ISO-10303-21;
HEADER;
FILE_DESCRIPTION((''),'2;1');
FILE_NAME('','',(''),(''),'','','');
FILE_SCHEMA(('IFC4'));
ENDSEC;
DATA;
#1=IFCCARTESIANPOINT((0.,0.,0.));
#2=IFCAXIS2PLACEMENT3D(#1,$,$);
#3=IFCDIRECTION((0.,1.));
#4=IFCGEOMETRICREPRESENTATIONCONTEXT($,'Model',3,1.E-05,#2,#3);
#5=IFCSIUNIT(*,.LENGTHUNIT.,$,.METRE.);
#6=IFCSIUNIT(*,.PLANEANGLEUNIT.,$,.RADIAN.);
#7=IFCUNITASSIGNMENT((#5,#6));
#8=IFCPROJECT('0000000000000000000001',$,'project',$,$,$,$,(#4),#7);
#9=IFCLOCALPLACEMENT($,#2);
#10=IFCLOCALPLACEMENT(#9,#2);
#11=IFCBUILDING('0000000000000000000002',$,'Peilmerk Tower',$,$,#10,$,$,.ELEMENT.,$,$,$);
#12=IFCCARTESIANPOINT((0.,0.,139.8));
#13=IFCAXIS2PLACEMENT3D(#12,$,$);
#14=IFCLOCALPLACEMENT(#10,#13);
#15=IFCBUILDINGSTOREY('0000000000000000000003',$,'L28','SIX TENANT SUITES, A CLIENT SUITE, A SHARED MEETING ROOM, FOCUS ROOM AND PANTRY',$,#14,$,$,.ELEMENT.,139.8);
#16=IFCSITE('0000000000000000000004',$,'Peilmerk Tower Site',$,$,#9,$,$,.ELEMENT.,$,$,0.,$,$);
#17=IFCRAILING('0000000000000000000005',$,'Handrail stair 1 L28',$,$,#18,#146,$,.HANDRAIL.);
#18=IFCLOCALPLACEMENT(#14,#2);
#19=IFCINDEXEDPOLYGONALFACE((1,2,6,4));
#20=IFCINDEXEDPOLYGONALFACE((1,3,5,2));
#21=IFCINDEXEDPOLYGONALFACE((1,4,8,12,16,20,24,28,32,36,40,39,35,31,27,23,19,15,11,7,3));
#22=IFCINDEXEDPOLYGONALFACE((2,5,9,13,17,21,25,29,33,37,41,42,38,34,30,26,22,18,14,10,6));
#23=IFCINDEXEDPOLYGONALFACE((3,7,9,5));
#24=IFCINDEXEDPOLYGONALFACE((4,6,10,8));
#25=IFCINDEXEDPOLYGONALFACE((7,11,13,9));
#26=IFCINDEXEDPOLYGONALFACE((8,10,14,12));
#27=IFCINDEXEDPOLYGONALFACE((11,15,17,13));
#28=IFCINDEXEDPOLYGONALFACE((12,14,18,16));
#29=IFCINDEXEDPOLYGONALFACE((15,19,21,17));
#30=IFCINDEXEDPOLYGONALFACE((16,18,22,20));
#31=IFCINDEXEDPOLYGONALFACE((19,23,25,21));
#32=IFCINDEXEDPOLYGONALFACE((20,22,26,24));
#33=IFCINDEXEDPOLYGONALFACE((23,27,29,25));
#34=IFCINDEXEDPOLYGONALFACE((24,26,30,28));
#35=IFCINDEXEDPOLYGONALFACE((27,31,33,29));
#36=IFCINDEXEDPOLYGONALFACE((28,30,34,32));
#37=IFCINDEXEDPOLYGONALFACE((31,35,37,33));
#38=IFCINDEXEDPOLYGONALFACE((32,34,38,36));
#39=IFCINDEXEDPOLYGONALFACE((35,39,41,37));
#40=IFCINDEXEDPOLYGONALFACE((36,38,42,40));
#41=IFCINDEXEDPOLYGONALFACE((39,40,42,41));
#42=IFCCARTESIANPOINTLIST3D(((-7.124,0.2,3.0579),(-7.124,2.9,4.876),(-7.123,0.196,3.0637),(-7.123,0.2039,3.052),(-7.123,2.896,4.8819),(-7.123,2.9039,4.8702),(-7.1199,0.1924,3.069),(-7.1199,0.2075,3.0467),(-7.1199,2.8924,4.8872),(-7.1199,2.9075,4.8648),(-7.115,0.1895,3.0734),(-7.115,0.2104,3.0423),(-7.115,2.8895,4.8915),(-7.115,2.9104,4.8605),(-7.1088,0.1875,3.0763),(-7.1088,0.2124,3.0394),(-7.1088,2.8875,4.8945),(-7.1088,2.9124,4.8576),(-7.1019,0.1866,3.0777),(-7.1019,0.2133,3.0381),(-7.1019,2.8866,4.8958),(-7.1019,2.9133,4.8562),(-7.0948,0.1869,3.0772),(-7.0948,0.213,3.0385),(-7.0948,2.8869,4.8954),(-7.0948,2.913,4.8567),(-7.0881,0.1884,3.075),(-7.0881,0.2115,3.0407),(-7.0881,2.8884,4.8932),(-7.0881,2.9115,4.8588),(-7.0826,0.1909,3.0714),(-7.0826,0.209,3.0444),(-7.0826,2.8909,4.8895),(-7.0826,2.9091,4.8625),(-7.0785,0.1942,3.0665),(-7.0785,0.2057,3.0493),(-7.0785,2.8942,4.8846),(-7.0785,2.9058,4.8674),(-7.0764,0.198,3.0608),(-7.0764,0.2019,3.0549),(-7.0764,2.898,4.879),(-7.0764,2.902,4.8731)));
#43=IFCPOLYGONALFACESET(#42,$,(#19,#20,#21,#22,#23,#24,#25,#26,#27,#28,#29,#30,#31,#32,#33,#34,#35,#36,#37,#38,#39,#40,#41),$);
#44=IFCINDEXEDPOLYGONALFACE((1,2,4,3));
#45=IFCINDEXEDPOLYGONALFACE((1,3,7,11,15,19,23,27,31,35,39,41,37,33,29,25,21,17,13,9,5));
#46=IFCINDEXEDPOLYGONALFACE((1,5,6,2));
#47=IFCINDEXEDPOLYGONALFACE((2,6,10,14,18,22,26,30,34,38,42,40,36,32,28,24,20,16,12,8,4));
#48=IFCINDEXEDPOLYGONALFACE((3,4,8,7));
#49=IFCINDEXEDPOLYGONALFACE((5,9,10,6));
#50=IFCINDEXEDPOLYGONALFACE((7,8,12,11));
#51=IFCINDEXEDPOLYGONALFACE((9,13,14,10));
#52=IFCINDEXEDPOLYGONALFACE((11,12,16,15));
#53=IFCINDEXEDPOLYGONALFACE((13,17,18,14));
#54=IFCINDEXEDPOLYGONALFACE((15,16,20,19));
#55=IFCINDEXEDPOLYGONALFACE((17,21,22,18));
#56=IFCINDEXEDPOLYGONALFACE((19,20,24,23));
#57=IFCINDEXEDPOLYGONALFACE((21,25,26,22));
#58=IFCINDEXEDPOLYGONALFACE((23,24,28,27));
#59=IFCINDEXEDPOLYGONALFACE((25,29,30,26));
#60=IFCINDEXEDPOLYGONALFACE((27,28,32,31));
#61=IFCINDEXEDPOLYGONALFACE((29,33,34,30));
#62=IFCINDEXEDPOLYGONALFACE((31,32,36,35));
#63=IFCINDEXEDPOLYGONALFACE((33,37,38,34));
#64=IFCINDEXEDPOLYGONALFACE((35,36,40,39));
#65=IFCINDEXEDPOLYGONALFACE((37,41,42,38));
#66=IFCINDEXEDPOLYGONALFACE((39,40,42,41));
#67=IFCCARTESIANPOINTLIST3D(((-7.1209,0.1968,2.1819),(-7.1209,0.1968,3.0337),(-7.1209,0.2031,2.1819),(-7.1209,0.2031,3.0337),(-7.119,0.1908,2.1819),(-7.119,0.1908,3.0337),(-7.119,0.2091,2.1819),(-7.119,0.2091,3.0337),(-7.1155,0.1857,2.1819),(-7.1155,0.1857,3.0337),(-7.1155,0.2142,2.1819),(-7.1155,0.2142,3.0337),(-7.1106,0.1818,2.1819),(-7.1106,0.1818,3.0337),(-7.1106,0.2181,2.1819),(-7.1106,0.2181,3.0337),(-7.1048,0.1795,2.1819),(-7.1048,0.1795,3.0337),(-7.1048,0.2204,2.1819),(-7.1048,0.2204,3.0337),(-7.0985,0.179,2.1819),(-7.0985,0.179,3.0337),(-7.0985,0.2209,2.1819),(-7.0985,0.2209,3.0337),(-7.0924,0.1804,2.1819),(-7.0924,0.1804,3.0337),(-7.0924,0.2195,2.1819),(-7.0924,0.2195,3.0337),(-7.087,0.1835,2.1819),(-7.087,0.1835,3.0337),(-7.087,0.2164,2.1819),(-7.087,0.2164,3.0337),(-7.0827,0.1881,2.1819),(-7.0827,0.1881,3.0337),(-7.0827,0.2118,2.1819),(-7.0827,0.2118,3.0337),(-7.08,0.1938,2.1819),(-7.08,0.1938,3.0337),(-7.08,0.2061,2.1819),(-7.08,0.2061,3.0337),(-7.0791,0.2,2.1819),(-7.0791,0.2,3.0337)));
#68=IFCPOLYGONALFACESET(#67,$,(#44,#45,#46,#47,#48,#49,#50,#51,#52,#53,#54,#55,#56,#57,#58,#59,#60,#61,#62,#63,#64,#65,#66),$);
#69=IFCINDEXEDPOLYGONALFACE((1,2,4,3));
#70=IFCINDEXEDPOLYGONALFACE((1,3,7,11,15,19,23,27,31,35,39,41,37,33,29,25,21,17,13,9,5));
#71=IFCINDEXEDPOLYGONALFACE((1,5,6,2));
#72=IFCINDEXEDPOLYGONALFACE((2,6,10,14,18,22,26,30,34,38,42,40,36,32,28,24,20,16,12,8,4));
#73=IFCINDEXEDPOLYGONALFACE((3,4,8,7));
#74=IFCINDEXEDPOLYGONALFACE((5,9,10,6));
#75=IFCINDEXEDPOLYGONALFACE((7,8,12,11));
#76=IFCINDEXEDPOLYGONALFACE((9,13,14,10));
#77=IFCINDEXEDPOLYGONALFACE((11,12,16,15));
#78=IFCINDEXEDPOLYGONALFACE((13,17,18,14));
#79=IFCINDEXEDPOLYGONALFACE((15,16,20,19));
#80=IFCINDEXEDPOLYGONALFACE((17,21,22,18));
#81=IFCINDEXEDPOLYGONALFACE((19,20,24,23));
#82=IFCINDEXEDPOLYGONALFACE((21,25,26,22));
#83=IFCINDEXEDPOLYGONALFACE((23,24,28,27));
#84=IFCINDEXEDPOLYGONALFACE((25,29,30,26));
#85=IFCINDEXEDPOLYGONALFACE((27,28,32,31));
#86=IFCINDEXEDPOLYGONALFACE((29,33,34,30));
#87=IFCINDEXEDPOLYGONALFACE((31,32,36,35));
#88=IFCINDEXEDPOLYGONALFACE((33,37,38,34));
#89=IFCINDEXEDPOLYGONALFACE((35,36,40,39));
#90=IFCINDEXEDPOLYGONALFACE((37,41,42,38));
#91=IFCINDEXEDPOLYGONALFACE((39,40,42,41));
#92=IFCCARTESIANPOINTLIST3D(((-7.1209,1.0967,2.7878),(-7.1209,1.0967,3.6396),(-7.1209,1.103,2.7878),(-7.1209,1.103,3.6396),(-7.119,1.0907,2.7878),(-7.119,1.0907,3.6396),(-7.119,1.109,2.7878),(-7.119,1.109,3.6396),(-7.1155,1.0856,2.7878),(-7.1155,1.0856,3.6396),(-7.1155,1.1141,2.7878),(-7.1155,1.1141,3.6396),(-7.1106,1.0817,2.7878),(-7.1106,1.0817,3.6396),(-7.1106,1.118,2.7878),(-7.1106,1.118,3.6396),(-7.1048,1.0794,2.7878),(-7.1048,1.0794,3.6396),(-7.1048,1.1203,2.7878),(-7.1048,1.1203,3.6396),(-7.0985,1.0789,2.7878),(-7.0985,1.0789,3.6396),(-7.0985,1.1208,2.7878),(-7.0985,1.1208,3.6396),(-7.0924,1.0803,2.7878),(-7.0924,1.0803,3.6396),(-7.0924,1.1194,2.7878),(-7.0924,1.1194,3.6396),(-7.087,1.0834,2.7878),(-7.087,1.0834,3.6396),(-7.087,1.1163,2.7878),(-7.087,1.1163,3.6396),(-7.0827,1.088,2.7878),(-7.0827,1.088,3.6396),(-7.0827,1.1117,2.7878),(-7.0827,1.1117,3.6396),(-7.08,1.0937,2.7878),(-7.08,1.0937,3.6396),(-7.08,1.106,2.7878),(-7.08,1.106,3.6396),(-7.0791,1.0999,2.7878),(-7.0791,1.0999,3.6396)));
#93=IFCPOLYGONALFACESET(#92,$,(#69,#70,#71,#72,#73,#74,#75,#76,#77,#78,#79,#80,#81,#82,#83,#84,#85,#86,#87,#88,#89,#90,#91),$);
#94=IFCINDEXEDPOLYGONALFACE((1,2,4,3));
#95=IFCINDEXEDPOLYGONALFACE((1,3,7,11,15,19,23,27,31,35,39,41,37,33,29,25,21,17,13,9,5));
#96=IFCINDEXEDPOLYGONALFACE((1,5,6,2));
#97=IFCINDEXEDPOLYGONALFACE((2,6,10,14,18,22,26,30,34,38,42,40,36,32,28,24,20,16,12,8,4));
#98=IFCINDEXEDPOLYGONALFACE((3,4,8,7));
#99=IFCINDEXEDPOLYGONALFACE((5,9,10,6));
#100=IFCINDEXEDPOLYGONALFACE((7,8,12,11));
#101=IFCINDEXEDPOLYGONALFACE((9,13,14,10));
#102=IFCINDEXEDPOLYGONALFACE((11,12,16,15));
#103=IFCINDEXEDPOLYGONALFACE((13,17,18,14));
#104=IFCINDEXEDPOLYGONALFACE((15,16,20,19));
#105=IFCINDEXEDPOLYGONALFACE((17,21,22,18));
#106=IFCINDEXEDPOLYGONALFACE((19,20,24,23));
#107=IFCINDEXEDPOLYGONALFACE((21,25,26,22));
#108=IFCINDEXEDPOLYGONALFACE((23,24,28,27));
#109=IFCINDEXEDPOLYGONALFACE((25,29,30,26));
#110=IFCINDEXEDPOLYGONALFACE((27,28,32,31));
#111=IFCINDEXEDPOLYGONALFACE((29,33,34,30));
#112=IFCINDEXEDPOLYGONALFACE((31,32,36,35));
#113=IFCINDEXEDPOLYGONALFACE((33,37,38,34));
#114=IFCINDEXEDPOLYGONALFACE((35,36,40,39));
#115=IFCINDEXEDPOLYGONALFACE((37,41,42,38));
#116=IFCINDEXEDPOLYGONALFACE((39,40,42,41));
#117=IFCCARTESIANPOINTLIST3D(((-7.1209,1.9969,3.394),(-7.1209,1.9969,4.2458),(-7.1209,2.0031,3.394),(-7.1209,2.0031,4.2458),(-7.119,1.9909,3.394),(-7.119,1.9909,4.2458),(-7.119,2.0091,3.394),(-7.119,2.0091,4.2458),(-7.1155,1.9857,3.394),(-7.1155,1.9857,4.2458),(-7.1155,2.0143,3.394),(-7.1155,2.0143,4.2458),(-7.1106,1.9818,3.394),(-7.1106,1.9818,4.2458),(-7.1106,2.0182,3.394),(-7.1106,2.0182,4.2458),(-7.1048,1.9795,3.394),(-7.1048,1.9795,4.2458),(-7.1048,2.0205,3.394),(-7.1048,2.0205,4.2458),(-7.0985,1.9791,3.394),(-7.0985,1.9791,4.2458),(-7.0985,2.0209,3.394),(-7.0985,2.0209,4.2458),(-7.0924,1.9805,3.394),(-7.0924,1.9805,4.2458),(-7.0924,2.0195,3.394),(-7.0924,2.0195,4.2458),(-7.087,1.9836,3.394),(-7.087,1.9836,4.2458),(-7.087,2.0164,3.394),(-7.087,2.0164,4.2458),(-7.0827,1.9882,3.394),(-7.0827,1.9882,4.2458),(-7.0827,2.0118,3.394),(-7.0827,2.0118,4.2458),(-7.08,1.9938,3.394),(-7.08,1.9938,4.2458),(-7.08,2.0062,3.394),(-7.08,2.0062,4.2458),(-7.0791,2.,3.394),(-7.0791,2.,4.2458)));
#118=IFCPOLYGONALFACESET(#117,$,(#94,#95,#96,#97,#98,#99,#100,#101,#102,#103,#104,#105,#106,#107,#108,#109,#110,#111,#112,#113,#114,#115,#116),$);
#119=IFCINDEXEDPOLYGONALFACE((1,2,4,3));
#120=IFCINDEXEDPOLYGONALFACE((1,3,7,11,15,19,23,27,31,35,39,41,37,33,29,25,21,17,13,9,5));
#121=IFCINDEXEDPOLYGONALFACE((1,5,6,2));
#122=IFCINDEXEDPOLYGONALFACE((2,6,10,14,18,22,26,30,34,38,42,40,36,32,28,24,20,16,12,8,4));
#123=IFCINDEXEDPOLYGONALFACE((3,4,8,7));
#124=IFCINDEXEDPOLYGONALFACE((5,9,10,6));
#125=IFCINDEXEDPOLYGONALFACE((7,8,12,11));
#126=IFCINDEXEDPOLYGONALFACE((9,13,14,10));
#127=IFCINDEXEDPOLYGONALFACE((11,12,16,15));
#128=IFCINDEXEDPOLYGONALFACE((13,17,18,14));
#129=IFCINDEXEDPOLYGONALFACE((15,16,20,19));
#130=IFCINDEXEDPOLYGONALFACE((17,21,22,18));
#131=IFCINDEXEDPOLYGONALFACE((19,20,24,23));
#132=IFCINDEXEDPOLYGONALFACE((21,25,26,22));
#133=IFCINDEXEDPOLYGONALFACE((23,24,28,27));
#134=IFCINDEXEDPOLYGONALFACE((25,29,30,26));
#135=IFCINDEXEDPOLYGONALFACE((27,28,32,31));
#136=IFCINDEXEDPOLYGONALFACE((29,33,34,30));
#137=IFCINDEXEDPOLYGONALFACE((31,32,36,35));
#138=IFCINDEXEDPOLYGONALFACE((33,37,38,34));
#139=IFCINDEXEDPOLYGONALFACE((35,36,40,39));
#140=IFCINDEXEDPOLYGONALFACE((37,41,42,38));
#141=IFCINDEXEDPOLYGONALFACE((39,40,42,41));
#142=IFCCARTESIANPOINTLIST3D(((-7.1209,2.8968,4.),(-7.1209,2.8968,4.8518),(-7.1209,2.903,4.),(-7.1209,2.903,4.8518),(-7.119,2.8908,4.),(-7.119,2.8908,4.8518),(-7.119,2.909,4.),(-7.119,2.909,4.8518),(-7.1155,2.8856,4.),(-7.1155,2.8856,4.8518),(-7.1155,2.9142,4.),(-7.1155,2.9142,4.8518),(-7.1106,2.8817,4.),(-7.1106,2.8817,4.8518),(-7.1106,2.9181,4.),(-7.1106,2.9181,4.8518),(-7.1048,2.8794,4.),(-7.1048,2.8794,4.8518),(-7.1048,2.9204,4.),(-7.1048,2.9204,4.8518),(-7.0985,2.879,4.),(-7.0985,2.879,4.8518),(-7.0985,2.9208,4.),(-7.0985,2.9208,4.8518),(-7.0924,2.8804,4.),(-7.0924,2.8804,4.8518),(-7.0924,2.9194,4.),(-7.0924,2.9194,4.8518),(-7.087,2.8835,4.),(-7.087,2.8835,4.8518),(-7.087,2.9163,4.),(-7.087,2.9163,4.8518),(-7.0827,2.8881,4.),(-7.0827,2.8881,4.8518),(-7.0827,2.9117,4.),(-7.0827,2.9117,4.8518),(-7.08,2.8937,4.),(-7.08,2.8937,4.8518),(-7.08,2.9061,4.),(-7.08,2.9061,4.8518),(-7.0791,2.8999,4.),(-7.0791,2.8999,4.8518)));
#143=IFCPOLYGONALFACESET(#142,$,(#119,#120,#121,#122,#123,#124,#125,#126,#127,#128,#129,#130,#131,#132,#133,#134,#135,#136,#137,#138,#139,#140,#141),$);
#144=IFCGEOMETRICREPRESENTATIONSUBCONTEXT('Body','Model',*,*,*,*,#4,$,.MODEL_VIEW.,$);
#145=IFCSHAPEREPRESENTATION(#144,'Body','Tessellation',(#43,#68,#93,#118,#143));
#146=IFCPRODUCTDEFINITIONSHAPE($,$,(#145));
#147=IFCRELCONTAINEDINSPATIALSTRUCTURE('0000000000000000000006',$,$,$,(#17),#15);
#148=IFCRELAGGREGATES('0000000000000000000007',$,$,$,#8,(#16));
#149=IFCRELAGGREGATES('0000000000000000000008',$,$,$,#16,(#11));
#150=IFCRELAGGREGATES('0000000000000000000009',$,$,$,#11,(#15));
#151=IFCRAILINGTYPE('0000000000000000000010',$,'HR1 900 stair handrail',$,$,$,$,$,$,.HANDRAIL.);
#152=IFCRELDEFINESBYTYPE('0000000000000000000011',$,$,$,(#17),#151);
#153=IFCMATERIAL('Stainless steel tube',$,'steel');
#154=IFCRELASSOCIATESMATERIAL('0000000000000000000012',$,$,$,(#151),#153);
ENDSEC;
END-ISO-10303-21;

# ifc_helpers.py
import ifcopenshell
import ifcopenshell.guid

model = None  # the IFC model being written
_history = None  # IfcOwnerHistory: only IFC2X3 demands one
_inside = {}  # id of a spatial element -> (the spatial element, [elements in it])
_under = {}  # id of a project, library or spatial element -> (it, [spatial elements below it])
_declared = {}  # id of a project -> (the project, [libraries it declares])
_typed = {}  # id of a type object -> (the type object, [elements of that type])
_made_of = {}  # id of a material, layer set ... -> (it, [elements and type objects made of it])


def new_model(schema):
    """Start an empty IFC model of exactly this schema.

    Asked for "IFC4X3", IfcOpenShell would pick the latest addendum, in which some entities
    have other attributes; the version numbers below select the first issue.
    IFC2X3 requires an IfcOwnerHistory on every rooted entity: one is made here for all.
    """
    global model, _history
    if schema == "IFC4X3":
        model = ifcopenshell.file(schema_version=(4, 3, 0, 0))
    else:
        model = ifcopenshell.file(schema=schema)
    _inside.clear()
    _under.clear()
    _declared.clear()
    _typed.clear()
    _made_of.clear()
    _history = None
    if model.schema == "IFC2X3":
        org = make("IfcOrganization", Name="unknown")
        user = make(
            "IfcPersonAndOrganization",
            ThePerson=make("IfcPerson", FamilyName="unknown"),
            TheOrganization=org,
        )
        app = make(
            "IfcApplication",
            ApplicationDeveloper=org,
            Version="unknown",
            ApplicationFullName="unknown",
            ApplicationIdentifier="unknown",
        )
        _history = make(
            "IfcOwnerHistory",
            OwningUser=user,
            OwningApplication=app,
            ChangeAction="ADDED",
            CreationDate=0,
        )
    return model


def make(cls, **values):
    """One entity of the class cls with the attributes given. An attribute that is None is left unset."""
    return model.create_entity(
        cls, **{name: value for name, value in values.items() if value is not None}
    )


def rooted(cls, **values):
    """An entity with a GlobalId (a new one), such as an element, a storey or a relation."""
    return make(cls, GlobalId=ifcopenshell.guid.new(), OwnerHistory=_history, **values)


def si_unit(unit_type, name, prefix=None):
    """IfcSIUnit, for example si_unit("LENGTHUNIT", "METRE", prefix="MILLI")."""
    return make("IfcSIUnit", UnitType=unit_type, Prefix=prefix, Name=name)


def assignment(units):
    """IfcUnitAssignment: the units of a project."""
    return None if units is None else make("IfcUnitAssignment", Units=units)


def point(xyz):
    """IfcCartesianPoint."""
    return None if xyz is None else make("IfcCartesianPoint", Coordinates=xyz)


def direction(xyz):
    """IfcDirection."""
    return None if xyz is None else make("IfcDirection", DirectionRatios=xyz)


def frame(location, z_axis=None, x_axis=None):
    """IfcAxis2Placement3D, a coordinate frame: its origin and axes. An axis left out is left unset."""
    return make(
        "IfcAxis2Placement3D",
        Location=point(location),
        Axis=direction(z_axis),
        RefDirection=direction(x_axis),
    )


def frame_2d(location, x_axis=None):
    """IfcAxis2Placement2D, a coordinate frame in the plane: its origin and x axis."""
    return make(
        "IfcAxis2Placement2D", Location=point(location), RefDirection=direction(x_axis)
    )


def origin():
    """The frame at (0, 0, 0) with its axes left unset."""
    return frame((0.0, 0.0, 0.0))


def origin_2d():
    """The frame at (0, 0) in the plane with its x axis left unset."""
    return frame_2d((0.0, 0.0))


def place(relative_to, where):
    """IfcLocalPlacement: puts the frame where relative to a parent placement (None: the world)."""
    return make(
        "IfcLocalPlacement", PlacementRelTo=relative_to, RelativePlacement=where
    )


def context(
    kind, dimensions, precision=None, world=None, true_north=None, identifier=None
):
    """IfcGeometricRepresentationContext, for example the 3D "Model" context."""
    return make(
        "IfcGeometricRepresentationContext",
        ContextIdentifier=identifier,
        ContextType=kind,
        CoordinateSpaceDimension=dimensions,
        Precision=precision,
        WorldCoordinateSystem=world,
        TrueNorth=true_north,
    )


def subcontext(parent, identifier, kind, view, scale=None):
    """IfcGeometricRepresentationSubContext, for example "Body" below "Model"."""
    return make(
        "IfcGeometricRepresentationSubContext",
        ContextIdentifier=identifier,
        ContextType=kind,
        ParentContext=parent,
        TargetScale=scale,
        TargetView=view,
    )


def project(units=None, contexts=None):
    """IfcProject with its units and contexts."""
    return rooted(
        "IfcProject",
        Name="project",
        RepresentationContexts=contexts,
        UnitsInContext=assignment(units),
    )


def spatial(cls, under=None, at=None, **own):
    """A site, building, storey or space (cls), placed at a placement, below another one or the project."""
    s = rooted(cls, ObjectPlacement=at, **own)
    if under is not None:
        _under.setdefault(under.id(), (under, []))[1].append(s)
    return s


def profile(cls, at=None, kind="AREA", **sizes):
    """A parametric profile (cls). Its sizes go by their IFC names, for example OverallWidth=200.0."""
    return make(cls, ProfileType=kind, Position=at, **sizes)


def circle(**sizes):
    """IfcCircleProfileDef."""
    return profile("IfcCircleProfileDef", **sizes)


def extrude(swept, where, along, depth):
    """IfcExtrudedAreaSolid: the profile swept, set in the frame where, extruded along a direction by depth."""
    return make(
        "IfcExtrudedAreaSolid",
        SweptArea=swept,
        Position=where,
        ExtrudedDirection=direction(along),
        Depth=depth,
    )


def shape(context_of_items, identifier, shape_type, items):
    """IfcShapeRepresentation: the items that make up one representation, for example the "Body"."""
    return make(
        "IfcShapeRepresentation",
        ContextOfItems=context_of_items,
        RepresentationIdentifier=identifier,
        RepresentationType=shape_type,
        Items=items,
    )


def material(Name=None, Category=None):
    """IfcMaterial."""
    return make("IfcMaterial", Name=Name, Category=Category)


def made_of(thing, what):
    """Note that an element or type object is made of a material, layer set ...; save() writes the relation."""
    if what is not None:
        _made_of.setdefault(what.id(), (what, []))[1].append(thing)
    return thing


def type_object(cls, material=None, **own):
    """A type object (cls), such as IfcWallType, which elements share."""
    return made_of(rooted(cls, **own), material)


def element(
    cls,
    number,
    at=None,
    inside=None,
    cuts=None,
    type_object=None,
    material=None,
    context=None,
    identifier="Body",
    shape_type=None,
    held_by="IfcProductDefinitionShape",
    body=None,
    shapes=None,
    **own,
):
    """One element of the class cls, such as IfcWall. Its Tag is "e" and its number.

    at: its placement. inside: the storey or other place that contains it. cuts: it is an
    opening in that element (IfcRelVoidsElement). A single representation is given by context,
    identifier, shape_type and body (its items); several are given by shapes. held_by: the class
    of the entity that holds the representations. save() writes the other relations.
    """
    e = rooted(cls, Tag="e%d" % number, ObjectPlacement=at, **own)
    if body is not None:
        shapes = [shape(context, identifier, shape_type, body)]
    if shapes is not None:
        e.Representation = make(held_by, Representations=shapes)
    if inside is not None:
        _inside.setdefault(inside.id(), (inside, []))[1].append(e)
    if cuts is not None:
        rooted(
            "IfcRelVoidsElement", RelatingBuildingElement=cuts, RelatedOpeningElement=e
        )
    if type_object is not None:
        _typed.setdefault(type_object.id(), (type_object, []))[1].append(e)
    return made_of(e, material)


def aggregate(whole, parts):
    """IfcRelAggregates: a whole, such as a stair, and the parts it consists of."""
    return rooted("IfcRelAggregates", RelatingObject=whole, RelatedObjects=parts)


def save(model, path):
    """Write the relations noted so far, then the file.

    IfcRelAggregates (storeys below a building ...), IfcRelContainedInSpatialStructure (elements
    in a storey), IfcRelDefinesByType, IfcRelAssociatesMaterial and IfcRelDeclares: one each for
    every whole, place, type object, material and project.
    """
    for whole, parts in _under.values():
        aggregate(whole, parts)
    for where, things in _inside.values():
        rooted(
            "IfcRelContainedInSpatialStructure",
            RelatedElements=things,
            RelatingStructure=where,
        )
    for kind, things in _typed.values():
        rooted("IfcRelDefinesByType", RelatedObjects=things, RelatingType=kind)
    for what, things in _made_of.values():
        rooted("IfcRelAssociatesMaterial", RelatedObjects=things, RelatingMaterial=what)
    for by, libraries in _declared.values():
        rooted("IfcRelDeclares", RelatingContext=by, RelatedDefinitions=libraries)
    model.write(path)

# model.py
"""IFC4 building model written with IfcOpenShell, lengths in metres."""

from ifc_helpers import new_model, si_unit, direction, frame, origin, origin_2d, place, context, subcontext, project, spatial, circle, extrude, material, type_object, element, save


model = new_model("IFC4")

# Units and contexts
model_context = context("Model", 3, precision=1e-05, world=origin(), true_north=direction((0.0, 1.0)))
body_context = subcontext(model_context, "Body", "Model", "MODEL_VIEW")
ifc_project = project(units=[si_unit("LENGTHUNIT", "METRE"), si_unit("PLANEANGLEUNIT", "RADIAN")], contexts=[model_context])

# Site, building, storey
site_placement = place(None, origin())
site = spatial("IfcSite", under=ifc_project, at=site_placement, Name="Peilmerk Tower Site", CompositionType="ELEMENT", RefElevation=0.0)
building_placement = place(site_placement, origin())
building = spatial("IfcBuilding", under=site, at=building_placement, Name="Peilmerk Tower", CompositionType="ELEMENT")
storey_placement = place(building_placement, frame((0.0, 0.0, 139.8)))
storey = spatial("IfcBuildingStorey", under=building, at=storey_placement, Name="L28", Description="SIX TENANT SUITES, A CLIENT SUITE, A SHARED MEETING ROOM, FOCUS ROOM AND PANTRY", CompositionType="ELEMENT", Elevation=139.8)

# Railing
ifc_material_1 = material(Name="Stainless steel tube", Category="steel")
railing_type_1 = type_object("IfcRailingType", Name="HR1 900 stair handrail", PredefinedType="HANDRAIL", material=ifc_material_1)
railing_1_placement = place(storey_placement, frame((-7.1001, 0.2, 2.1819)))
element("IfcRailing", 1, at=railing_1_placement, inside=storey, type_object=railing_type_1, Name="Handrail stair 1 L28", PredefinedType="HANDRAIL", context=body_context, shape_type="SweptSolid", body=[
    extrude(circle(Radius=0.0239, at=origin_2d()), frame((0.0, 0.0, 0.876), z_axis=(0.0, 0.829468, 0.558554), x_axis=(-1.0, 0.0, 0.0)), (0.0, 0.0, 1.0), 3.2551),
    extrude(circle(Radius=0.021, at=origin_2d()), origin(), (0.0, 0.0, 1.0), 0.8518),
    extrude(circle(Radius=0.021, at=origin_2d()), frame((0.0, 0.8999, 0.606)), (0.0, 0.0, 1.0), 0.8518),
    extrude(circle(Radius=0.021, at=origin_2d()), frame((0.0, 1.8, 1.2122)), (0.0, 0.0, 1.0), 0.8518),
    extrude(circle(Radius=0.021, at=origin_2d()), frame((0.0, 2.7, 1.8181)), (0.0, 0.0, 1.0), 0.8518),
])

save(model, "model.ifc")
